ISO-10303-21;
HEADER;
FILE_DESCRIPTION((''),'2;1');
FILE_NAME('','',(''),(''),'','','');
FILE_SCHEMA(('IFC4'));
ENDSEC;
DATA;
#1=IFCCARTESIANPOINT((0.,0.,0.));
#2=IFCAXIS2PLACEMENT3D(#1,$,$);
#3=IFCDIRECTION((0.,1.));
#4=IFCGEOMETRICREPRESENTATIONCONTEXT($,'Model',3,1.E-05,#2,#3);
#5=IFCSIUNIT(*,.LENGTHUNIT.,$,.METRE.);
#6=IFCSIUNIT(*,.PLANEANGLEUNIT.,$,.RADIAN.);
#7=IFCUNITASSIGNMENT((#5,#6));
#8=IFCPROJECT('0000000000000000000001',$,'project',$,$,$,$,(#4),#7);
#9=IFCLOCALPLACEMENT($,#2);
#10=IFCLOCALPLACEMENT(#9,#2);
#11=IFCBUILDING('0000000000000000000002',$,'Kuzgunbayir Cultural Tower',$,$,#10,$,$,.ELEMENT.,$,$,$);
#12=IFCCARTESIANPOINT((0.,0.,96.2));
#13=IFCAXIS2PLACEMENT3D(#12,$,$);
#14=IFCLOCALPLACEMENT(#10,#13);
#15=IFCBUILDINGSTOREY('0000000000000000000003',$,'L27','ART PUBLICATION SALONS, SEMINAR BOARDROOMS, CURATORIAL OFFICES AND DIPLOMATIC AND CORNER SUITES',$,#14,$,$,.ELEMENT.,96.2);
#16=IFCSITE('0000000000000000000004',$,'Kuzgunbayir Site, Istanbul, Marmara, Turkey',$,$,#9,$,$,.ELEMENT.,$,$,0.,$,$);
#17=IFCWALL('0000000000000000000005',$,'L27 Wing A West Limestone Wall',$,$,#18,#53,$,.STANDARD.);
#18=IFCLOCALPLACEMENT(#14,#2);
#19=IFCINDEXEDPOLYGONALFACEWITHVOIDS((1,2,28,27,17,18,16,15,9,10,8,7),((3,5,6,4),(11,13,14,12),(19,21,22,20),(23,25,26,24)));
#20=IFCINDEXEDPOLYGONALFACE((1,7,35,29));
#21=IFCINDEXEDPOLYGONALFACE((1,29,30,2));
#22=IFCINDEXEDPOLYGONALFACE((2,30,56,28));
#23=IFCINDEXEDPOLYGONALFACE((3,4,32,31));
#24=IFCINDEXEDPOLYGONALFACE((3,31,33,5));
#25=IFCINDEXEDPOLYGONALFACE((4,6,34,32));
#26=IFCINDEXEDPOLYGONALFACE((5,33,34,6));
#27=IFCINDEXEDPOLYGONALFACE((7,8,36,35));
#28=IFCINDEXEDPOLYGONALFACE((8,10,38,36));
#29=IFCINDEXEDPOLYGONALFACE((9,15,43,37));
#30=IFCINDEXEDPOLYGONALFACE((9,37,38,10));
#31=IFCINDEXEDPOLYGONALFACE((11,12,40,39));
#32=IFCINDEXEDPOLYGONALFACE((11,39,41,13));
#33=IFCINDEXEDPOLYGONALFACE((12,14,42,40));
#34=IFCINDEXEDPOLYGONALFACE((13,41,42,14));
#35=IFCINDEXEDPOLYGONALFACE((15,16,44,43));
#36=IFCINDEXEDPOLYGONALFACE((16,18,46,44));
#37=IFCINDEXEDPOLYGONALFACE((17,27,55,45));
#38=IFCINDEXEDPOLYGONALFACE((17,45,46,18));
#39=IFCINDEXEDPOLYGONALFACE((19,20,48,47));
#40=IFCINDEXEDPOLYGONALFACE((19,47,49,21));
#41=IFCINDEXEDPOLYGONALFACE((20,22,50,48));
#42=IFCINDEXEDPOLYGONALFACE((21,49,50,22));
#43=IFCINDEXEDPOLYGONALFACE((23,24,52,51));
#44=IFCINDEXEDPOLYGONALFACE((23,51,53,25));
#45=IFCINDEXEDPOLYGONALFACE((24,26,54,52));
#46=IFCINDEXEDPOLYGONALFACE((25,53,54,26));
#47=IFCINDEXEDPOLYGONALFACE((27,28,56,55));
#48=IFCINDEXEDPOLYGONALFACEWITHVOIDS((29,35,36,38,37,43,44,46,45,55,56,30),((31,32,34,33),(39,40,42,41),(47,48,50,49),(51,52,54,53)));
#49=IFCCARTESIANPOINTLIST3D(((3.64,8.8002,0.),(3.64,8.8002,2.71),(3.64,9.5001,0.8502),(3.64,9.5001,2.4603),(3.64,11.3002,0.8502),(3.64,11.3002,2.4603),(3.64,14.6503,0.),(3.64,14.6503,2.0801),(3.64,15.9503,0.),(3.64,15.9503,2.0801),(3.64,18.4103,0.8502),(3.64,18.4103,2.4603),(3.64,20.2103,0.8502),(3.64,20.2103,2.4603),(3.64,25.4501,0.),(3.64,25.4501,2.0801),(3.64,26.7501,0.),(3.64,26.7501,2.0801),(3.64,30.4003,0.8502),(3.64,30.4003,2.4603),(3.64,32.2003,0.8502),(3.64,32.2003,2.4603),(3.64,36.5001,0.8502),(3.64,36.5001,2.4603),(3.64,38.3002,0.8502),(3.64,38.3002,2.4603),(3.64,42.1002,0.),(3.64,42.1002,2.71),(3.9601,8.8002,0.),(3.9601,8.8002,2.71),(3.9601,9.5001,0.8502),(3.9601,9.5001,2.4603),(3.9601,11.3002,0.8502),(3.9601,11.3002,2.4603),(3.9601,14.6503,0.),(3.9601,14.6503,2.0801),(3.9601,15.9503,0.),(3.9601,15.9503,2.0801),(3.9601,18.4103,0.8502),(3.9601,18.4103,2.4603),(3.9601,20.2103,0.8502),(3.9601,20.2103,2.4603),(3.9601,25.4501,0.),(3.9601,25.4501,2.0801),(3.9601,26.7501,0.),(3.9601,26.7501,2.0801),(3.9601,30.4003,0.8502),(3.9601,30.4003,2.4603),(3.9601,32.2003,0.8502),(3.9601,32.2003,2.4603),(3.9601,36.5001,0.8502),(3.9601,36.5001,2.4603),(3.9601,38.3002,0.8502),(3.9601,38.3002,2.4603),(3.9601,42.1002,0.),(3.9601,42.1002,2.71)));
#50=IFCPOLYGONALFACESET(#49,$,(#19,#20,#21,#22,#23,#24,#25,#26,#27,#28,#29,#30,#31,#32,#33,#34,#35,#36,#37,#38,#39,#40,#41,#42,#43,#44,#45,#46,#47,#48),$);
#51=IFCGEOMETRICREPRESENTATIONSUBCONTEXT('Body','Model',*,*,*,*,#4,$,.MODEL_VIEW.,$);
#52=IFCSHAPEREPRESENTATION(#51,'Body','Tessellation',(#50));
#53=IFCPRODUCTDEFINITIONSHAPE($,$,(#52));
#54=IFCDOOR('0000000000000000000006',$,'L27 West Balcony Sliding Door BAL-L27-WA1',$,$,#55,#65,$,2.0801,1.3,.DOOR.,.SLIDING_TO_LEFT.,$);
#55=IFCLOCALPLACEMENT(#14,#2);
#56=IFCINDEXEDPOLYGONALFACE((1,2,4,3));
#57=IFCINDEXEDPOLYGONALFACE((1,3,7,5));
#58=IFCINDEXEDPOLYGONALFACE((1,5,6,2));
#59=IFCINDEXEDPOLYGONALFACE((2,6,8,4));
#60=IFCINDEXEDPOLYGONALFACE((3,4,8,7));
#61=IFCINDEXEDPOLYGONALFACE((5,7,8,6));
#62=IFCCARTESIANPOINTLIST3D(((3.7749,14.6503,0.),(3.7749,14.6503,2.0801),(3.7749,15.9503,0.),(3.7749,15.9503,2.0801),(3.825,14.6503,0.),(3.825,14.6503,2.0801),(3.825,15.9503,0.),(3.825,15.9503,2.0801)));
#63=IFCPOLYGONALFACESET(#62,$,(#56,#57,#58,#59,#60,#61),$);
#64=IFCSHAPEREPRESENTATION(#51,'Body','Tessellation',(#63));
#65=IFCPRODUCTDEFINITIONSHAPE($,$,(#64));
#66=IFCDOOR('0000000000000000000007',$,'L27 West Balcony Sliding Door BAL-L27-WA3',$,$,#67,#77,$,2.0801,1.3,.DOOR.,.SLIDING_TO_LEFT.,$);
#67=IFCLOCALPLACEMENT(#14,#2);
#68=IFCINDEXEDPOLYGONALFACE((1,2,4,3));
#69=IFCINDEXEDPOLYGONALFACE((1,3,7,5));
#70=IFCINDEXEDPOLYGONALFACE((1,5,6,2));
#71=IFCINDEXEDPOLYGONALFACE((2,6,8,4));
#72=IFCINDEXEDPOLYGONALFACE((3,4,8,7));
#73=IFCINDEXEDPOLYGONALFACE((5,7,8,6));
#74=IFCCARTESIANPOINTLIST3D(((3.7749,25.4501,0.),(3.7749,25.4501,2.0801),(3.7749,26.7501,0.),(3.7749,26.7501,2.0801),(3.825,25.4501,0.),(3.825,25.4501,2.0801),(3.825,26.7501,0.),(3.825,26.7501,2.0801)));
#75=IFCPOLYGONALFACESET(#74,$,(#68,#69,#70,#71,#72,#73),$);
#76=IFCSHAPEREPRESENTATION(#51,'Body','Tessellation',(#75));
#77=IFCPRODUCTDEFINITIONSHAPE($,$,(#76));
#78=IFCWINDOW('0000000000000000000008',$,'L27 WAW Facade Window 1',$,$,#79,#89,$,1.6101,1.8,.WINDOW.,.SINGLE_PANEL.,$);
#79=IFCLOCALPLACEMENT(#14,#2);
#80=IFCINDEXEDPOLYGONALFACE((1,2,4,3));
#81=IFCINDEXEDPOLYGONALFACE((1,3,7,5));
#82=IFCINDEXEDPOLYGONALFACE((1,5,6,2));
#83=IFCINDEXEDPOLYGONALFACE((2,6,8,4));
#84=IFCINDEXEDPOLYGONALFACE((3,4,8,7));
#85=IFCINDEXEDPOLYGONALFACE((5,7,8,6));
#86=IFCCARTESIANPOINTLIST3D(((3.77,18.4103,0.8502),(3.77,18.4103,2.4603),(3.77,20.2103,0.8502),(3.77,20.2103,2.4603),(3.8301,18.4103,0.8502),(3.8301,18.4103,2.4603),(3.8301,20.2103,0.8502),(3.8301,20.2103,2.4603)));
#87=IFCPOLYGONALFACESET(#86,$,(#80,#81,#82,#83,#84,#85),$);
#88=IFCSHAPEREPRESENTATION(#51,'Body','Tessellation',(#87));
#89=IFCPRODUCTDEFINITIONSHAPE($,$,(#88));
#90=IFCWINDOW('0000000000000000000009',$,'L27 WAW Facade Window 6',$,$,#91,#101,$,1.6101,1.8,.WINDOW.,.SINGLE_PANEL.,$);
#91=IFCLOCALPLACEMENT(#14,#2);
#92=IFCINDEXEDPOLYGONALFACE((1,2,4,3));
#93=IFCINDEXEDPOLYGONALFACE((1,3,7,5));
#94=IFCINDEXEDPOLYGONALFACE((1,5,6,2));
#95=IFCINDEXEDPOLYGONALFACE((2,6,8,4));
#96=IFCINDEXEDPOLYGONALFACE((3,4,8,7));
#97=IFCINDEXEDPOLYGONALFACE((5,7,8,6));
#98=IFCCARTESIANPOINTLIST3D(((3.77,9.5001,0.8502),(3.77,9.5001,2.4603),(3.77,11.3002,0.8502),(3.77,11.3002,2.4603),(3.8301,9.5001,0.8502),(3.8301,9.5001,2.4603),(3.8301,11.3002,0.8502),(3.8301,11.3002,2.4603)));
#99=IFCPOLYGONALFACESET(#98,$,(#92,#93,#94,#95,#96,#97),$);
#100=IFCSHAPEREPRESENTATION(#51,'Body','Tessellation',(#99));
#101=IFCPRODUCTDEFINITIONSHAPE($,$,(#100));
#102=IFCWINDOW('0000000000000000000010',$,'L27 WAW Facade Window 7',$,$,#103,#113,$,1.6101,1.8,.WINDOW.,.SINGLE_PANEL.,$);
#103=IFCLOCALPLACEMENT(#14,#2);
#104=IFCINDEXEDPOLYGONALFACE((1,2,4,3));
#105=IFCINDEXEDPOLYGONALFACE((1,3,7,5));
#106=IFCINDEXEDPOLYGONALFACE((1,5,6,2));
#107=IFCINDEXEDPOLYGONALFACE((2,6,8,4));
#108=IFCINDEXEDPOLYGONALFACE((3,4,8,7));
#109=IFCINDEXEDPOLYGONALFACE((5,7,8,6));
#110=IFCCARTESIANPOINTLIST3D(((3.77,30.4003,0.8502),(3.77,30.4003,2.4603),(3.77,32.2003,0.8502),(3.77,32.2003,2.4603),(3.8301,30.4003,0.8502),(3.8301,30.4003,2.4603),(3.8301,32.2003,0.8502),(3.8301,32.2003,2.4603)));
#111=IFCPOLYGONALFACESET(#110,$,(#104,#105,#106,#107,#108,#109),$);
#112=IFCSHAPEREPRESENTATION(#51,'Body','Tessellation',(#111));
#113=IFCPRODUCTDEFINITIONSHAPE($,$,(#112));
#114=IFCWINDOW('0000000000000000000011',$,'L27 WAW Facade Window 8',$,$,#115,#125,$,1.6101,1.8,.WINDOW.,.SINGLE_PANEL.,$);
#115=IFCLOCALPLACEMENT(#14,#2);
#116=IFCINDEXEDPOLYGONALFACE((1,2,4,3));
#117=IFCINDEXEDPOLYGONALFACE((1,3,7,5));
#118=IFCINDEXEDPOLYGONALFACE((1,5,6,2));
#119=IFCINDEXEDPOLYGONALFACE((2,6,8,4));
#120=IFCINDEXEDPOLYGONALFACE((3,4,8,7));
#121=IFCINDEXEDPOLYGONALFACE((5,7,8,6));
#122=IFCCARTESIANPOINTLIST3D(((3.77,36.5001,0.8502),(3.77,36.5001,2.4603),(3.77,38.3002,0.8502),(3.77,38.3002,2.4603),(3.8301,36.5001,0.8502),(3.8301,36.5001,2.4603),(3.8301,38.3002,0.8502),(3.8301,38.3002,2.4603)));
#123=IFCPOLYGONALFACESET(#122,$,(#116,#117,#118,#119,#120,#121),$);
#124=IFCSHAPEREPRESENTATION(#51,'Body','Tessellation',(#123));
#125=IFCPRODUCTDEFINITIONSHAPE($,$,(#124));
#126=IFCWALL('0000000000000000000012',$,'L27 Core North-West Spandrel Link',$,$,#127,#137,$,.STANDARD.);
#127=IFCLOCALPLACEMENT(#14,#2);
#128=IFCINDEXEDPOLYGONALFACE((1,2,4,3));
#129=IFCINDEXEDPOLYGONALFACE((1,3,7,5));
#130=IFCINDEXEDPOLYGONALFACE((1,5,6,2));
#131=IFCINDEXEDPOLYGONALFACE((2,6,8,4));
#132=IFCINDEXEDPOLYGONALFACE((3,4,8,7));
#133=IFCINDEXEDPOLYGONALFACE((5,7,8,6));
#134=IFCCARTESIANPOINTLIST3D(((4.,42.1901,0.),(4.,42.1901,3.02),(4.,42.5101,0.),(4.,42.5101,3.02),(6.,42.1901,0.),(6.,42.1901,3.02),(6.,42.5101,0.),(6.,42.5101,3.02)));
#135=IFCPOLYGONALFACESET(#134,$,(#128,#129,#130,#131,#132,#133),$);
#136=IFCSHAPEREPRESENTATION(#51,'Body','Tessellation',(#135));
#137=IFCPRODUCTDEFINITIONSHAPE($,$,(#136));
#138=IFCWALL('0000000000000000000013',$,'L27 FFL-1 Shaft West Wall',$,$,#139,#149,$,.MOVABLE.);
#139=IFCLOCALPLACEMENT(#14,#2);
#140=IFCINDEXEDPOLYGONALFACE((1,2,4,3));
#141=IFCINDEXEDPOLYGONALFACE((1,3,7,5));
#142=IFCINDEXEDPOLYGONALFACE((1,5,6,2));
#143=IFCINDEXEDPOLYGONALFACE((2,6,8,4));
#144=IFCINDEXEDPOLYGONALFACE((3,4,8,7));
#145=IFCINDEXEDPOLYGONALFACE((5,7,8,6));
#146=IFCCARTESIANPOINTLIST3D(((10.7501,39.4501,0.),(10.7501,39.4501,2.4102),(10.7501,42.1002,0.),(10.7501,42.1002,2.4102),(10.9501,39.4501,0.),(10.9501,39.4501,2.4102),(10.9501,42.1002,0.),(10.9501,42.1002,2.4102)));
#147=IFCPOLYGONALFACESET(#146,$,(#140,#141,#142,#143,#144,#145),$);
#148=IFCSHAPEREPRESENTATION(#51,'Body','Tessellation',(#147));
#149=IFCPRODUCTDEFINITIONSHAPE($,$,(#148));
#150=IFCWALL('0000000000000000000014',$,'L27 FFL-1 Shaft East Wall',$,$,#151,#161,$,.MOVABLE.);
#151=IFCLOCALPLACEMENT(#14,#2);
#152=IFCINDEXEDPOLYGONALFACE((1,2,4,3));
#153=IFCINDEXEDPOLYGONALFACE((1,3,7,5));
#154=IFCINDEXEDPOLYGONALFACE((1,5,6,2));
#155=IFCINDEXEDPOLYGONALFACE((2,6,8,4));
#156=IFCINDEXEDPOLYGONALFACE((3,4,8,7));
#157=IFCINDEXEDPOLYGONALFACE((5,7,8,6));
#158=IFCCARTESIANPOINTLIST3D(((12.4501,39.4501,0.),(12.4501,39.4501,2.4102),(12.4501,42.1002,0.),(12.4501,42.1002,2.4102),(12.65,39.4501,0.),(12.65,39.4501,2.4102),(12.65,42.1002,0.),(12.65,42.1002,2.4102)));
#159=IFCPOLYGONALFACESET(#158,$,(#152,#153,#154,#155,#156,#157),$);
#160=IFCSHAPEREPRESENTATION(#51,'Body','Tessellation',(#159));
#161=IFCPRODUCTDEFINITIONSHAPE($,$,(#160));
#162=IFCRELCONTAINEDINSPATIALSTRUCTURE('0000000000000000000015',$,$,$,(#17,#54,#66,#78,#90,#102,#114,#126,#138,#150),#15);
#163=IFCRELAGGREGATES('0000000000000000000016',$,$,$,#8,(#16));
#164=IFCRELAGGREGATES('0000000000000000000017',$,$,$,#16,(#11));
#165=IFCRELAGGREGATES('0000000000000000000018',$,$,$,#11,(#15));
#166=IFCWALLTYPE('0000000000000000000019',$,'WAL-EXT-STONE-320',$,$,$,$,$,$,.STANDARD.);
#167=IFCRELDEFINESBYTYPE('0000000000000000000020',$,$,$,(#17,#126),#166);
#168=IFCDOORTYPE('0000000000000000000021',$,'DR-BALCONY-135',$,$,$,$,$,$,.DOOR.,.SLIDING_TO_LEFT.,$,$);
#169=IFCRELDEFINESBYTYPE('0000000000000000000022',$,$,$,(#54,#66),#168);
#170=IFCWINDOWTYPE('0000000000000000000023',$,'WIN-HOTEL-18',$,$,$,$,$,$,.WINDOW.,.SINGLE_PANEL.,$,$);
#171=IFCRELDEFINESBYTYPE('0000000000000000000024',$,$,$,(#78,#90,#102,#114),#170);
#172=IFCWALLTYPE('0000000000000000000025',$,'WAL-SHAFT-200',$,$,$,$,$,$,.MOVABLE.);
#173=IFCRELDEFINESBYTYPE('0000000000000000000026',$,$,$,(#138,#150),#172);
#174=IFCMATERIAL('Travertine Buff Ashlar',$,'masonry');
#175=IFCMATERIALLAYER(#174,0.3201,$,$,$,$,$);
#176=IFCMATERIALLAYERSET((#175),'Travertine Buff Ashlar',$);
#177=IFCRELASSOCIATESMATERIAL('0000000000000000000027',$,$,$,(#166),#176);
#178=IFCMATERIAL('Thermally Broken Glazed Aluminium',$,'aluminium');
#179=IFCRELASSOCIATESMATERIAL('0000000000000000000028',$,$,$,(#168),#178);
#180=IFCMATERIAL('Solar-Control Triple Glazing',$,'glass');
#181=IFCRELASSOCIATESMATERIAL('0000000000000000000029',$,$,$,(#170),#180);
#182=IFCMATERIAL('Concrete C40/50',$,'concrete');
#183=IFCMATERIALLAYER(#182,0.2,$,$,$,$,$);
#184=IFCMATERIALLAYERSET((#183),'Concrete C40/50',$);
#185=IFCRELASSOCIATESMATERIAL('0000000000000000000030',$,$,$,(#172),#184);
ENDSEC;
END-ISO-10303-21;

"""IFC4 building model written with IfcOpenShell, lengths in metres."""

from ifc_helpers import new_model, si_unit, direction, frame, frame_2d, origin, place, context, subcontext, project, spatial, rectangle, extrude, material, layer, layer_set, type_object, element, fill, save


model = new_model("IFC4")

# Units and contexts
model_context = context("Model", 3, precision=1e-05, world=origin(), true_north=direction((0.0, 1.0)))
body_context = subcontext(model_context, "Body", "Model", "MODEL_VIEW")
ifc_project = project(units=[si_unit("LENGTHUNIT", "METRE"), si_unit("PLANEANGLEUNIT", "RADIAN")], contexts=[model_context])

# Site, building, storey
site_placement = place(None, origin())
site = spatial("IfcSite", under=ifc_project, at=site_placement, Name="Kuzgunbayir Site, Istanbul, Marmara, Turkey", CompositionType="ELEMENT", RefElevation=0.0)
building_placement = place(site_placement, origin())
building = spatial("IfcBuilding", under=site, at=building_placement, Name="Kuzgunbayir Cultural Tower", CompositionType="ELEMENT")
storey_placement = place(building_placement, frame((0.0, 0.0, 96.2)))
storey = spatial("IfcBuildingStorey", under=building, at=storey_placement, Name="L27", Description="ART PUBLICATION SALONS, SEMINAR BOARDROOMS, CURATORIAL OFFICES AND DIPLOMATIC AND CORNER SUITES", CompositionType="ELEMENT", Elevation=96.2)

# Wall, openings, doors, windows
ifc_material_1 = material(Name="Travertine Buff Ashlar", Category="masonry")
ifc_layer_1 = layer(ifc_material_1, 0.3201)
ifc_layer_set_1 = layer_set([ifc_layer_1], Name="Travertine Buff Ashlar")
wall_type_1 = type_object("IfcWallType", Name="WAL-EXT-STONE-320", PredefinedType="STANDARD", material=ifc_layer_set_1)
wall_1_placement = place(storey_placement, frame((3.8, 42.1001, 0.0), z_axis=(0.0, 0.0, 1.0), x_axis=(0.0, -1.0, 0.0)))
wall_1 = element("IfcWall", 1, at=wall_1_placement, inside=storey, type_object=wall_type_1, Name="L27 Wing A West Limestone Wall", PredefinedType="STANDARD", context=body_context, shape_type="SweptSolid", body=[
    extrude(rectangle(XDim=33.3, YDim=0.3201, at=frame_2d((16.6499, 0.0))), origin(), (0.0, 0.0, 1.0), 2.71),
])
opening_1_placement = place(wall_1_placement, frame((26.1499, 0.0, 0.0)))
opening_1 = element("IfcOpeningElement", 2, at=opening_1_placement, cuts=wall_1, PredefinedType="OPENING", context=body_context, shape_type="SweptSolid", body=[
    extrude(rectangle(XDim=1.3, YDim=2.0801, at=frame_2d((0.6499, 1.04))), frame((0.0, 0.1699, 0.0), z_axis=(0.0, -1.0, 0.0), x_axis=(1.0, 0.0, 0.0)), (0.0, 0.0, 1.0), 0.3401),
])
opening_2_placement = place(wall_1_placement, frame((15.3501, 0.0, 0.0)))
opening_2 = element("IfcOpeningElement", 3, at=opening_2_placement, cuts=wall_1, PredefinedType="OPENING", context=body_context, shape_type="SweptSolid", body=[
    extrude(rectangle(XDim=1.3, YDim=2.0801, at=frame_2d((0.6499, 1.04))), frame((0.0, 0.1699, 0.0), z_axis=(0.0, -1.0, 0.0), x_axis=(1.0, 0.0, 0.0)), (0.0, 0.0, 1.0), 0.3401),
])
opening_3_placement = place(wall_1_placement, frame((21.8899, 0.0, 0.8501)))
opening_3 = element("IfcOpeningElement", 4, at=opening_3_placement, cuts=wall_1, PredefinedType="OPENING", context=body_context, shape_type="SweptSolid", body=[
    extrude(rectangle(XDim=1.8, YDim=1.6101, at=frame_2d((0.8999, 0.8052))), frame((0.0, 0.1699, 0.0), z_axis=(0.0, -1.0, 0.0), x_axis=(1.0, 0.0, 0.0)), (0.0, 0.0, 1.0), 0.3401),
])
opening_4_placement = place(wall_1_placement, frame((30.8, 0.0, 0.8501)))
opening_4 = element("IfcOpeningElement", 5, at=opening_4_placement, cuts=wall_1, PredefinedType="OPENING", context=body_context, shape_type="SweptSolid", body=[
    extrude(rectangle(XDim=1.8, YDim=1.6101, at=frame_2d((0.8999, 0.8052))), frame((0.0, 0.1699, 0.0), z_axis=(0.0, -1.0, 0.0), x_axis=(1.0, 0.0, 0.0)), (0.0, 0.0, 1.0), 0.3401),
])
opening_5_placement = place(wall_1_placement, frame((9.8999, 0.0, 0.8501)))
opening_5 = element("IfcOpeningElement", 6, at=opening_5_placement, cuts=wall_1, PredefinedType="OPENING", context=body_context, shape_type="SweptSolid", body=[
    extrude(rectangle(XDim=1.8, YDim=1.6101, at=frame_2d((0.8999, 0.8052))), frame((0.0, 0.1699, 0.0), z_axis=(0.0, -1.0, 0.0), x_axis=(1.0, 0.0, 0.0)), (0.0, 0.0, 1.0), 0.3401),
])
opening_6_placement = place(wall_1_placement, frame((3.8, 0.0, 0.8501)))
opening_6 = element("IfcOpeningElement", 7, at=opening_6_placement, cuts=wall_1, PredefinedType="OPENING", context=body_context, shape_type="SweptSolid", body=[
    extrude(rectangle(XDim=1.8, YDim=1.6101, at=frame_2d((0.8999, 0.8052))), frame((0.0, 0.1699, 0.0), z_axis=(0.0, -1.0, 0.0), x_axis=(1.0, 0.0, 0.0)), (0.0, 0.0, 1.0), 0.3401),
])
ifc_material_2 = material(Name="Thermally Broken Glazed Aluminium", Category="aluminium")
door_type_1 = type_object("IfcDoorType", Name="DR-BALCONY-135", OperationType="SLIDING_TO_LEFT", PredefinedType="DOOR", material=ifc_material_2)
door_1_placement = place(opening_1_placement, origin())
door_1 = element("IfcDoor", 8, at=door_1_placement, inside=storey, type_object=door_type_1, Name="L27 West Balcony Sliding Door BAL-L27-WA1", OperationType="SLIDING_TO_LEFT", OverallHeight=2.0801, OverallWidth=1.3, PredefinedType="DOOR", context=body_context, shape_type="SweptSolid", body=[
    extrude(rectangle(XDim=1.3, YDim=2.0801, at=frame_2d((0.6499, 1.04))), frame((0.0, 0.0249, 0.0), z_axis=(0.0, -1.0, 0.0), x_axis=(1.0, 0.0, 0.0)), (0.0, 0.0, 1.0), 0.05),
])
fill(opening_1, door_1)
door_2_placement = place(opening_2_placement, origin())
door_2 = element("IfcDoor", 9, at=door_2_placement, inside=storey, type_object=door_type_1, Name="L27 West Balcony Sliding Door BAL-L27-WA3", OperationType="SLIDING_TO_LEFT", OverallHeight=2.0801, OverallWidth=1.3, PredefinedType="DOOR", context=body_context, shape_type="SweptSolid", body=[
    extrude(rectangle(XDim=1.3, YDim=2.0801, at=frame_2d((0.6499, 1.04))), frame((0.0, 0.0249, 0.0), z_axis=(0.0, -1.0, 0.0), x_axis=(1.0, 0.0, 0.0)), (0.0, 0.0, 1.0), 0.05),
])
fill(opening_2, door_2)
ifc_material_3 = material(Name="Solar-Control Triple Glazing", Category="glass")
window_type = type_object("IfcWindowType", Name="WIN-HOTEL-18", PartitioningType="SINGLE_PANEL", PredefinedType="WINDOW", material=ifc_material_3)
window_1_placement = place(opening_3_placement, origin())
window_1 = element("IfcWindow", 10, at=window_1_placement, inside=storey, type_object=window_type, Name="L27 WAW Facade Window 1", OverallHeight=1.6101, OverallWidth=1.8, PartitioningType="SINGLE_PANEL", PredefinedType="WINDOW", context=body_context, shape_type="SweptSolid", body=[
    extrude(rectangle(XDim=1.8, YDim=1.6101, at=frame_2d((0.8999, 0.8052))), frame((0.0, 0.03, 0.0), z_axis=(0.0, -1.0, 0.0), x_axis=(1.0, 0.0, 0.0)), (0.0, 0.0, 1.0), 0.0601),
])
fill(opening_3, window_1)
window_2_placement = place(opening_4_placement, origin())
window_2 = element("IfcWindow", 11, at=window_2_placement, inside=storey, type_object=window_type, Name="L27 WAW Facade Window 6", OverallHeight=1.6101, OverallWidth=1.8, PartitioningType="SINGLE_PANEL", PredefinedType="WINDOW", context=body_context, shape_type="SweptSolid", body=[
    extrude(rectangle(XDim=1.8, YDim=1.6101, at=frame_2d((0.8999, 0.8052))), frame((0.0, 0.03, 0.0), z_axis=(0.0, -1.0, 0.0), x_axis=(1.0, 0.0, 0.0)), (0.0, 0.0, 1.0), 0.0601),
])
fill(opening_4, window_2)
window_3_placement = place(opening_5_placement, origin())
window_3 = element("IfcWindow", 12, at=window_3_placement, inside=storey, type_object=window_type, Name="L27 WAW Facade Window 7", OverallHeight=1.6101, OverallWidth=1.8, PartitioningType="SINGLE_PANEL", PredefinedType="WINDOW", context=body_context, shape_type="SweptSolid", body=[
    extrude(rectangle(XDim=1.8, YDim=1.6101, at=frame_2d((0.8999, 0.8052))), frame((0.0, 0.03, 0.0), z_axis=(0.0, -1.0, 0.0), x_axis=(1.0, 0.0, 0.0)), (0.0, 0.0, 1.0), 0.0601),
])
fill(opening_5, window_3)
window_4_placement = place(opening_6_placement, origin())
window_4 = element("IfcWindow", 13, at=window_4_placement, inside=storey, type_object=window_type, Name="L27 WAW Facade Window 8", OverallHeight=1.6101, OverallWidth=1.8, PartitioningType="SINGLE_PANEL", PredefinedType="WINDOW", context=body_context, shape_type="SweptSolid", body=[
    extrude(rectangle(XDim=1.8, YDim=1.6101, at=frame_2d((0.8999, 0.8052))), frame((0.0, 0.03, 0.0), z_axis=(0.0, -1.0, 0.0), x_axis=(1.0, 0.0, 0.0)), (0.0, 0.0, 1.0), 0.0601),
])
fill(opening_6, window_4)

# Wall
wall_2_placement = place(storey_placement, frame((6.0, 42.3501, 0.0), z_axis=(0.0, 0.0, 1.0), x_axis=(-1.0, 0.0, 0.0)))
element("IfcWall", 14, at=wall_2_placement, inside=storey, type_object=wall_type_1, Name="L27 Core North-West Spandrel Link", PredefinedType="STANDARD", context=body_context, shape_type="SweptSolid", body=[
    extrude(rectangle(XDim=2.0, YDim=0.3201, at=frame_2d((1.0, 0.0))), origin(), (0.0, 0.0, 1.0), 3.02),
])

# Shared definitions
ifc_material_4 = material(Name="Concrete C40/50", Category="concrete")
ifc_layer_2 = layer(ifc_material_4, 0.2)
ifc_layer_set_2 = layer_set([ifc_layer_2], Name="Concrete C40/50")
wall_type_2 = type_object("IfcWallType", Name="WAL-SHAFT-200", PredefinedType="MOVABLE", material=ifc_layer_set_2)

# Walls
for number, where, z_axis, x_axis, name in (
    (15, (10.8501, 39.45, 0.0), (0.0, 0.0, 1.0), (0.0, 1.0, 0.0), "L27 FFL-1 Shaft West Wall"),
    (16, (12.55, 39.45, 0.0), (0.0, 0.0, 1.0), (0.0, 1.0, 0.0), "L27 FFL-1 Shaft East Wall"),
):
    element("IfcWall", number, at=place(storey_placement, frame(where, z_axis=z_axis, x_axis=x_axis)), inside=storey, type_object=wall_type_2, Name=name, PredefinedType="MOVABLE", context=body_context, shape_type="SweptSolid", body=[
        extrude(rectangle(XDim=2.6501, YDim=0.2, at=frame_2d((1.3252, 0.0))), origin(), (0.0, 0.0, 1.0), 2.4102),
    ])

save(model, "model.ifc")
